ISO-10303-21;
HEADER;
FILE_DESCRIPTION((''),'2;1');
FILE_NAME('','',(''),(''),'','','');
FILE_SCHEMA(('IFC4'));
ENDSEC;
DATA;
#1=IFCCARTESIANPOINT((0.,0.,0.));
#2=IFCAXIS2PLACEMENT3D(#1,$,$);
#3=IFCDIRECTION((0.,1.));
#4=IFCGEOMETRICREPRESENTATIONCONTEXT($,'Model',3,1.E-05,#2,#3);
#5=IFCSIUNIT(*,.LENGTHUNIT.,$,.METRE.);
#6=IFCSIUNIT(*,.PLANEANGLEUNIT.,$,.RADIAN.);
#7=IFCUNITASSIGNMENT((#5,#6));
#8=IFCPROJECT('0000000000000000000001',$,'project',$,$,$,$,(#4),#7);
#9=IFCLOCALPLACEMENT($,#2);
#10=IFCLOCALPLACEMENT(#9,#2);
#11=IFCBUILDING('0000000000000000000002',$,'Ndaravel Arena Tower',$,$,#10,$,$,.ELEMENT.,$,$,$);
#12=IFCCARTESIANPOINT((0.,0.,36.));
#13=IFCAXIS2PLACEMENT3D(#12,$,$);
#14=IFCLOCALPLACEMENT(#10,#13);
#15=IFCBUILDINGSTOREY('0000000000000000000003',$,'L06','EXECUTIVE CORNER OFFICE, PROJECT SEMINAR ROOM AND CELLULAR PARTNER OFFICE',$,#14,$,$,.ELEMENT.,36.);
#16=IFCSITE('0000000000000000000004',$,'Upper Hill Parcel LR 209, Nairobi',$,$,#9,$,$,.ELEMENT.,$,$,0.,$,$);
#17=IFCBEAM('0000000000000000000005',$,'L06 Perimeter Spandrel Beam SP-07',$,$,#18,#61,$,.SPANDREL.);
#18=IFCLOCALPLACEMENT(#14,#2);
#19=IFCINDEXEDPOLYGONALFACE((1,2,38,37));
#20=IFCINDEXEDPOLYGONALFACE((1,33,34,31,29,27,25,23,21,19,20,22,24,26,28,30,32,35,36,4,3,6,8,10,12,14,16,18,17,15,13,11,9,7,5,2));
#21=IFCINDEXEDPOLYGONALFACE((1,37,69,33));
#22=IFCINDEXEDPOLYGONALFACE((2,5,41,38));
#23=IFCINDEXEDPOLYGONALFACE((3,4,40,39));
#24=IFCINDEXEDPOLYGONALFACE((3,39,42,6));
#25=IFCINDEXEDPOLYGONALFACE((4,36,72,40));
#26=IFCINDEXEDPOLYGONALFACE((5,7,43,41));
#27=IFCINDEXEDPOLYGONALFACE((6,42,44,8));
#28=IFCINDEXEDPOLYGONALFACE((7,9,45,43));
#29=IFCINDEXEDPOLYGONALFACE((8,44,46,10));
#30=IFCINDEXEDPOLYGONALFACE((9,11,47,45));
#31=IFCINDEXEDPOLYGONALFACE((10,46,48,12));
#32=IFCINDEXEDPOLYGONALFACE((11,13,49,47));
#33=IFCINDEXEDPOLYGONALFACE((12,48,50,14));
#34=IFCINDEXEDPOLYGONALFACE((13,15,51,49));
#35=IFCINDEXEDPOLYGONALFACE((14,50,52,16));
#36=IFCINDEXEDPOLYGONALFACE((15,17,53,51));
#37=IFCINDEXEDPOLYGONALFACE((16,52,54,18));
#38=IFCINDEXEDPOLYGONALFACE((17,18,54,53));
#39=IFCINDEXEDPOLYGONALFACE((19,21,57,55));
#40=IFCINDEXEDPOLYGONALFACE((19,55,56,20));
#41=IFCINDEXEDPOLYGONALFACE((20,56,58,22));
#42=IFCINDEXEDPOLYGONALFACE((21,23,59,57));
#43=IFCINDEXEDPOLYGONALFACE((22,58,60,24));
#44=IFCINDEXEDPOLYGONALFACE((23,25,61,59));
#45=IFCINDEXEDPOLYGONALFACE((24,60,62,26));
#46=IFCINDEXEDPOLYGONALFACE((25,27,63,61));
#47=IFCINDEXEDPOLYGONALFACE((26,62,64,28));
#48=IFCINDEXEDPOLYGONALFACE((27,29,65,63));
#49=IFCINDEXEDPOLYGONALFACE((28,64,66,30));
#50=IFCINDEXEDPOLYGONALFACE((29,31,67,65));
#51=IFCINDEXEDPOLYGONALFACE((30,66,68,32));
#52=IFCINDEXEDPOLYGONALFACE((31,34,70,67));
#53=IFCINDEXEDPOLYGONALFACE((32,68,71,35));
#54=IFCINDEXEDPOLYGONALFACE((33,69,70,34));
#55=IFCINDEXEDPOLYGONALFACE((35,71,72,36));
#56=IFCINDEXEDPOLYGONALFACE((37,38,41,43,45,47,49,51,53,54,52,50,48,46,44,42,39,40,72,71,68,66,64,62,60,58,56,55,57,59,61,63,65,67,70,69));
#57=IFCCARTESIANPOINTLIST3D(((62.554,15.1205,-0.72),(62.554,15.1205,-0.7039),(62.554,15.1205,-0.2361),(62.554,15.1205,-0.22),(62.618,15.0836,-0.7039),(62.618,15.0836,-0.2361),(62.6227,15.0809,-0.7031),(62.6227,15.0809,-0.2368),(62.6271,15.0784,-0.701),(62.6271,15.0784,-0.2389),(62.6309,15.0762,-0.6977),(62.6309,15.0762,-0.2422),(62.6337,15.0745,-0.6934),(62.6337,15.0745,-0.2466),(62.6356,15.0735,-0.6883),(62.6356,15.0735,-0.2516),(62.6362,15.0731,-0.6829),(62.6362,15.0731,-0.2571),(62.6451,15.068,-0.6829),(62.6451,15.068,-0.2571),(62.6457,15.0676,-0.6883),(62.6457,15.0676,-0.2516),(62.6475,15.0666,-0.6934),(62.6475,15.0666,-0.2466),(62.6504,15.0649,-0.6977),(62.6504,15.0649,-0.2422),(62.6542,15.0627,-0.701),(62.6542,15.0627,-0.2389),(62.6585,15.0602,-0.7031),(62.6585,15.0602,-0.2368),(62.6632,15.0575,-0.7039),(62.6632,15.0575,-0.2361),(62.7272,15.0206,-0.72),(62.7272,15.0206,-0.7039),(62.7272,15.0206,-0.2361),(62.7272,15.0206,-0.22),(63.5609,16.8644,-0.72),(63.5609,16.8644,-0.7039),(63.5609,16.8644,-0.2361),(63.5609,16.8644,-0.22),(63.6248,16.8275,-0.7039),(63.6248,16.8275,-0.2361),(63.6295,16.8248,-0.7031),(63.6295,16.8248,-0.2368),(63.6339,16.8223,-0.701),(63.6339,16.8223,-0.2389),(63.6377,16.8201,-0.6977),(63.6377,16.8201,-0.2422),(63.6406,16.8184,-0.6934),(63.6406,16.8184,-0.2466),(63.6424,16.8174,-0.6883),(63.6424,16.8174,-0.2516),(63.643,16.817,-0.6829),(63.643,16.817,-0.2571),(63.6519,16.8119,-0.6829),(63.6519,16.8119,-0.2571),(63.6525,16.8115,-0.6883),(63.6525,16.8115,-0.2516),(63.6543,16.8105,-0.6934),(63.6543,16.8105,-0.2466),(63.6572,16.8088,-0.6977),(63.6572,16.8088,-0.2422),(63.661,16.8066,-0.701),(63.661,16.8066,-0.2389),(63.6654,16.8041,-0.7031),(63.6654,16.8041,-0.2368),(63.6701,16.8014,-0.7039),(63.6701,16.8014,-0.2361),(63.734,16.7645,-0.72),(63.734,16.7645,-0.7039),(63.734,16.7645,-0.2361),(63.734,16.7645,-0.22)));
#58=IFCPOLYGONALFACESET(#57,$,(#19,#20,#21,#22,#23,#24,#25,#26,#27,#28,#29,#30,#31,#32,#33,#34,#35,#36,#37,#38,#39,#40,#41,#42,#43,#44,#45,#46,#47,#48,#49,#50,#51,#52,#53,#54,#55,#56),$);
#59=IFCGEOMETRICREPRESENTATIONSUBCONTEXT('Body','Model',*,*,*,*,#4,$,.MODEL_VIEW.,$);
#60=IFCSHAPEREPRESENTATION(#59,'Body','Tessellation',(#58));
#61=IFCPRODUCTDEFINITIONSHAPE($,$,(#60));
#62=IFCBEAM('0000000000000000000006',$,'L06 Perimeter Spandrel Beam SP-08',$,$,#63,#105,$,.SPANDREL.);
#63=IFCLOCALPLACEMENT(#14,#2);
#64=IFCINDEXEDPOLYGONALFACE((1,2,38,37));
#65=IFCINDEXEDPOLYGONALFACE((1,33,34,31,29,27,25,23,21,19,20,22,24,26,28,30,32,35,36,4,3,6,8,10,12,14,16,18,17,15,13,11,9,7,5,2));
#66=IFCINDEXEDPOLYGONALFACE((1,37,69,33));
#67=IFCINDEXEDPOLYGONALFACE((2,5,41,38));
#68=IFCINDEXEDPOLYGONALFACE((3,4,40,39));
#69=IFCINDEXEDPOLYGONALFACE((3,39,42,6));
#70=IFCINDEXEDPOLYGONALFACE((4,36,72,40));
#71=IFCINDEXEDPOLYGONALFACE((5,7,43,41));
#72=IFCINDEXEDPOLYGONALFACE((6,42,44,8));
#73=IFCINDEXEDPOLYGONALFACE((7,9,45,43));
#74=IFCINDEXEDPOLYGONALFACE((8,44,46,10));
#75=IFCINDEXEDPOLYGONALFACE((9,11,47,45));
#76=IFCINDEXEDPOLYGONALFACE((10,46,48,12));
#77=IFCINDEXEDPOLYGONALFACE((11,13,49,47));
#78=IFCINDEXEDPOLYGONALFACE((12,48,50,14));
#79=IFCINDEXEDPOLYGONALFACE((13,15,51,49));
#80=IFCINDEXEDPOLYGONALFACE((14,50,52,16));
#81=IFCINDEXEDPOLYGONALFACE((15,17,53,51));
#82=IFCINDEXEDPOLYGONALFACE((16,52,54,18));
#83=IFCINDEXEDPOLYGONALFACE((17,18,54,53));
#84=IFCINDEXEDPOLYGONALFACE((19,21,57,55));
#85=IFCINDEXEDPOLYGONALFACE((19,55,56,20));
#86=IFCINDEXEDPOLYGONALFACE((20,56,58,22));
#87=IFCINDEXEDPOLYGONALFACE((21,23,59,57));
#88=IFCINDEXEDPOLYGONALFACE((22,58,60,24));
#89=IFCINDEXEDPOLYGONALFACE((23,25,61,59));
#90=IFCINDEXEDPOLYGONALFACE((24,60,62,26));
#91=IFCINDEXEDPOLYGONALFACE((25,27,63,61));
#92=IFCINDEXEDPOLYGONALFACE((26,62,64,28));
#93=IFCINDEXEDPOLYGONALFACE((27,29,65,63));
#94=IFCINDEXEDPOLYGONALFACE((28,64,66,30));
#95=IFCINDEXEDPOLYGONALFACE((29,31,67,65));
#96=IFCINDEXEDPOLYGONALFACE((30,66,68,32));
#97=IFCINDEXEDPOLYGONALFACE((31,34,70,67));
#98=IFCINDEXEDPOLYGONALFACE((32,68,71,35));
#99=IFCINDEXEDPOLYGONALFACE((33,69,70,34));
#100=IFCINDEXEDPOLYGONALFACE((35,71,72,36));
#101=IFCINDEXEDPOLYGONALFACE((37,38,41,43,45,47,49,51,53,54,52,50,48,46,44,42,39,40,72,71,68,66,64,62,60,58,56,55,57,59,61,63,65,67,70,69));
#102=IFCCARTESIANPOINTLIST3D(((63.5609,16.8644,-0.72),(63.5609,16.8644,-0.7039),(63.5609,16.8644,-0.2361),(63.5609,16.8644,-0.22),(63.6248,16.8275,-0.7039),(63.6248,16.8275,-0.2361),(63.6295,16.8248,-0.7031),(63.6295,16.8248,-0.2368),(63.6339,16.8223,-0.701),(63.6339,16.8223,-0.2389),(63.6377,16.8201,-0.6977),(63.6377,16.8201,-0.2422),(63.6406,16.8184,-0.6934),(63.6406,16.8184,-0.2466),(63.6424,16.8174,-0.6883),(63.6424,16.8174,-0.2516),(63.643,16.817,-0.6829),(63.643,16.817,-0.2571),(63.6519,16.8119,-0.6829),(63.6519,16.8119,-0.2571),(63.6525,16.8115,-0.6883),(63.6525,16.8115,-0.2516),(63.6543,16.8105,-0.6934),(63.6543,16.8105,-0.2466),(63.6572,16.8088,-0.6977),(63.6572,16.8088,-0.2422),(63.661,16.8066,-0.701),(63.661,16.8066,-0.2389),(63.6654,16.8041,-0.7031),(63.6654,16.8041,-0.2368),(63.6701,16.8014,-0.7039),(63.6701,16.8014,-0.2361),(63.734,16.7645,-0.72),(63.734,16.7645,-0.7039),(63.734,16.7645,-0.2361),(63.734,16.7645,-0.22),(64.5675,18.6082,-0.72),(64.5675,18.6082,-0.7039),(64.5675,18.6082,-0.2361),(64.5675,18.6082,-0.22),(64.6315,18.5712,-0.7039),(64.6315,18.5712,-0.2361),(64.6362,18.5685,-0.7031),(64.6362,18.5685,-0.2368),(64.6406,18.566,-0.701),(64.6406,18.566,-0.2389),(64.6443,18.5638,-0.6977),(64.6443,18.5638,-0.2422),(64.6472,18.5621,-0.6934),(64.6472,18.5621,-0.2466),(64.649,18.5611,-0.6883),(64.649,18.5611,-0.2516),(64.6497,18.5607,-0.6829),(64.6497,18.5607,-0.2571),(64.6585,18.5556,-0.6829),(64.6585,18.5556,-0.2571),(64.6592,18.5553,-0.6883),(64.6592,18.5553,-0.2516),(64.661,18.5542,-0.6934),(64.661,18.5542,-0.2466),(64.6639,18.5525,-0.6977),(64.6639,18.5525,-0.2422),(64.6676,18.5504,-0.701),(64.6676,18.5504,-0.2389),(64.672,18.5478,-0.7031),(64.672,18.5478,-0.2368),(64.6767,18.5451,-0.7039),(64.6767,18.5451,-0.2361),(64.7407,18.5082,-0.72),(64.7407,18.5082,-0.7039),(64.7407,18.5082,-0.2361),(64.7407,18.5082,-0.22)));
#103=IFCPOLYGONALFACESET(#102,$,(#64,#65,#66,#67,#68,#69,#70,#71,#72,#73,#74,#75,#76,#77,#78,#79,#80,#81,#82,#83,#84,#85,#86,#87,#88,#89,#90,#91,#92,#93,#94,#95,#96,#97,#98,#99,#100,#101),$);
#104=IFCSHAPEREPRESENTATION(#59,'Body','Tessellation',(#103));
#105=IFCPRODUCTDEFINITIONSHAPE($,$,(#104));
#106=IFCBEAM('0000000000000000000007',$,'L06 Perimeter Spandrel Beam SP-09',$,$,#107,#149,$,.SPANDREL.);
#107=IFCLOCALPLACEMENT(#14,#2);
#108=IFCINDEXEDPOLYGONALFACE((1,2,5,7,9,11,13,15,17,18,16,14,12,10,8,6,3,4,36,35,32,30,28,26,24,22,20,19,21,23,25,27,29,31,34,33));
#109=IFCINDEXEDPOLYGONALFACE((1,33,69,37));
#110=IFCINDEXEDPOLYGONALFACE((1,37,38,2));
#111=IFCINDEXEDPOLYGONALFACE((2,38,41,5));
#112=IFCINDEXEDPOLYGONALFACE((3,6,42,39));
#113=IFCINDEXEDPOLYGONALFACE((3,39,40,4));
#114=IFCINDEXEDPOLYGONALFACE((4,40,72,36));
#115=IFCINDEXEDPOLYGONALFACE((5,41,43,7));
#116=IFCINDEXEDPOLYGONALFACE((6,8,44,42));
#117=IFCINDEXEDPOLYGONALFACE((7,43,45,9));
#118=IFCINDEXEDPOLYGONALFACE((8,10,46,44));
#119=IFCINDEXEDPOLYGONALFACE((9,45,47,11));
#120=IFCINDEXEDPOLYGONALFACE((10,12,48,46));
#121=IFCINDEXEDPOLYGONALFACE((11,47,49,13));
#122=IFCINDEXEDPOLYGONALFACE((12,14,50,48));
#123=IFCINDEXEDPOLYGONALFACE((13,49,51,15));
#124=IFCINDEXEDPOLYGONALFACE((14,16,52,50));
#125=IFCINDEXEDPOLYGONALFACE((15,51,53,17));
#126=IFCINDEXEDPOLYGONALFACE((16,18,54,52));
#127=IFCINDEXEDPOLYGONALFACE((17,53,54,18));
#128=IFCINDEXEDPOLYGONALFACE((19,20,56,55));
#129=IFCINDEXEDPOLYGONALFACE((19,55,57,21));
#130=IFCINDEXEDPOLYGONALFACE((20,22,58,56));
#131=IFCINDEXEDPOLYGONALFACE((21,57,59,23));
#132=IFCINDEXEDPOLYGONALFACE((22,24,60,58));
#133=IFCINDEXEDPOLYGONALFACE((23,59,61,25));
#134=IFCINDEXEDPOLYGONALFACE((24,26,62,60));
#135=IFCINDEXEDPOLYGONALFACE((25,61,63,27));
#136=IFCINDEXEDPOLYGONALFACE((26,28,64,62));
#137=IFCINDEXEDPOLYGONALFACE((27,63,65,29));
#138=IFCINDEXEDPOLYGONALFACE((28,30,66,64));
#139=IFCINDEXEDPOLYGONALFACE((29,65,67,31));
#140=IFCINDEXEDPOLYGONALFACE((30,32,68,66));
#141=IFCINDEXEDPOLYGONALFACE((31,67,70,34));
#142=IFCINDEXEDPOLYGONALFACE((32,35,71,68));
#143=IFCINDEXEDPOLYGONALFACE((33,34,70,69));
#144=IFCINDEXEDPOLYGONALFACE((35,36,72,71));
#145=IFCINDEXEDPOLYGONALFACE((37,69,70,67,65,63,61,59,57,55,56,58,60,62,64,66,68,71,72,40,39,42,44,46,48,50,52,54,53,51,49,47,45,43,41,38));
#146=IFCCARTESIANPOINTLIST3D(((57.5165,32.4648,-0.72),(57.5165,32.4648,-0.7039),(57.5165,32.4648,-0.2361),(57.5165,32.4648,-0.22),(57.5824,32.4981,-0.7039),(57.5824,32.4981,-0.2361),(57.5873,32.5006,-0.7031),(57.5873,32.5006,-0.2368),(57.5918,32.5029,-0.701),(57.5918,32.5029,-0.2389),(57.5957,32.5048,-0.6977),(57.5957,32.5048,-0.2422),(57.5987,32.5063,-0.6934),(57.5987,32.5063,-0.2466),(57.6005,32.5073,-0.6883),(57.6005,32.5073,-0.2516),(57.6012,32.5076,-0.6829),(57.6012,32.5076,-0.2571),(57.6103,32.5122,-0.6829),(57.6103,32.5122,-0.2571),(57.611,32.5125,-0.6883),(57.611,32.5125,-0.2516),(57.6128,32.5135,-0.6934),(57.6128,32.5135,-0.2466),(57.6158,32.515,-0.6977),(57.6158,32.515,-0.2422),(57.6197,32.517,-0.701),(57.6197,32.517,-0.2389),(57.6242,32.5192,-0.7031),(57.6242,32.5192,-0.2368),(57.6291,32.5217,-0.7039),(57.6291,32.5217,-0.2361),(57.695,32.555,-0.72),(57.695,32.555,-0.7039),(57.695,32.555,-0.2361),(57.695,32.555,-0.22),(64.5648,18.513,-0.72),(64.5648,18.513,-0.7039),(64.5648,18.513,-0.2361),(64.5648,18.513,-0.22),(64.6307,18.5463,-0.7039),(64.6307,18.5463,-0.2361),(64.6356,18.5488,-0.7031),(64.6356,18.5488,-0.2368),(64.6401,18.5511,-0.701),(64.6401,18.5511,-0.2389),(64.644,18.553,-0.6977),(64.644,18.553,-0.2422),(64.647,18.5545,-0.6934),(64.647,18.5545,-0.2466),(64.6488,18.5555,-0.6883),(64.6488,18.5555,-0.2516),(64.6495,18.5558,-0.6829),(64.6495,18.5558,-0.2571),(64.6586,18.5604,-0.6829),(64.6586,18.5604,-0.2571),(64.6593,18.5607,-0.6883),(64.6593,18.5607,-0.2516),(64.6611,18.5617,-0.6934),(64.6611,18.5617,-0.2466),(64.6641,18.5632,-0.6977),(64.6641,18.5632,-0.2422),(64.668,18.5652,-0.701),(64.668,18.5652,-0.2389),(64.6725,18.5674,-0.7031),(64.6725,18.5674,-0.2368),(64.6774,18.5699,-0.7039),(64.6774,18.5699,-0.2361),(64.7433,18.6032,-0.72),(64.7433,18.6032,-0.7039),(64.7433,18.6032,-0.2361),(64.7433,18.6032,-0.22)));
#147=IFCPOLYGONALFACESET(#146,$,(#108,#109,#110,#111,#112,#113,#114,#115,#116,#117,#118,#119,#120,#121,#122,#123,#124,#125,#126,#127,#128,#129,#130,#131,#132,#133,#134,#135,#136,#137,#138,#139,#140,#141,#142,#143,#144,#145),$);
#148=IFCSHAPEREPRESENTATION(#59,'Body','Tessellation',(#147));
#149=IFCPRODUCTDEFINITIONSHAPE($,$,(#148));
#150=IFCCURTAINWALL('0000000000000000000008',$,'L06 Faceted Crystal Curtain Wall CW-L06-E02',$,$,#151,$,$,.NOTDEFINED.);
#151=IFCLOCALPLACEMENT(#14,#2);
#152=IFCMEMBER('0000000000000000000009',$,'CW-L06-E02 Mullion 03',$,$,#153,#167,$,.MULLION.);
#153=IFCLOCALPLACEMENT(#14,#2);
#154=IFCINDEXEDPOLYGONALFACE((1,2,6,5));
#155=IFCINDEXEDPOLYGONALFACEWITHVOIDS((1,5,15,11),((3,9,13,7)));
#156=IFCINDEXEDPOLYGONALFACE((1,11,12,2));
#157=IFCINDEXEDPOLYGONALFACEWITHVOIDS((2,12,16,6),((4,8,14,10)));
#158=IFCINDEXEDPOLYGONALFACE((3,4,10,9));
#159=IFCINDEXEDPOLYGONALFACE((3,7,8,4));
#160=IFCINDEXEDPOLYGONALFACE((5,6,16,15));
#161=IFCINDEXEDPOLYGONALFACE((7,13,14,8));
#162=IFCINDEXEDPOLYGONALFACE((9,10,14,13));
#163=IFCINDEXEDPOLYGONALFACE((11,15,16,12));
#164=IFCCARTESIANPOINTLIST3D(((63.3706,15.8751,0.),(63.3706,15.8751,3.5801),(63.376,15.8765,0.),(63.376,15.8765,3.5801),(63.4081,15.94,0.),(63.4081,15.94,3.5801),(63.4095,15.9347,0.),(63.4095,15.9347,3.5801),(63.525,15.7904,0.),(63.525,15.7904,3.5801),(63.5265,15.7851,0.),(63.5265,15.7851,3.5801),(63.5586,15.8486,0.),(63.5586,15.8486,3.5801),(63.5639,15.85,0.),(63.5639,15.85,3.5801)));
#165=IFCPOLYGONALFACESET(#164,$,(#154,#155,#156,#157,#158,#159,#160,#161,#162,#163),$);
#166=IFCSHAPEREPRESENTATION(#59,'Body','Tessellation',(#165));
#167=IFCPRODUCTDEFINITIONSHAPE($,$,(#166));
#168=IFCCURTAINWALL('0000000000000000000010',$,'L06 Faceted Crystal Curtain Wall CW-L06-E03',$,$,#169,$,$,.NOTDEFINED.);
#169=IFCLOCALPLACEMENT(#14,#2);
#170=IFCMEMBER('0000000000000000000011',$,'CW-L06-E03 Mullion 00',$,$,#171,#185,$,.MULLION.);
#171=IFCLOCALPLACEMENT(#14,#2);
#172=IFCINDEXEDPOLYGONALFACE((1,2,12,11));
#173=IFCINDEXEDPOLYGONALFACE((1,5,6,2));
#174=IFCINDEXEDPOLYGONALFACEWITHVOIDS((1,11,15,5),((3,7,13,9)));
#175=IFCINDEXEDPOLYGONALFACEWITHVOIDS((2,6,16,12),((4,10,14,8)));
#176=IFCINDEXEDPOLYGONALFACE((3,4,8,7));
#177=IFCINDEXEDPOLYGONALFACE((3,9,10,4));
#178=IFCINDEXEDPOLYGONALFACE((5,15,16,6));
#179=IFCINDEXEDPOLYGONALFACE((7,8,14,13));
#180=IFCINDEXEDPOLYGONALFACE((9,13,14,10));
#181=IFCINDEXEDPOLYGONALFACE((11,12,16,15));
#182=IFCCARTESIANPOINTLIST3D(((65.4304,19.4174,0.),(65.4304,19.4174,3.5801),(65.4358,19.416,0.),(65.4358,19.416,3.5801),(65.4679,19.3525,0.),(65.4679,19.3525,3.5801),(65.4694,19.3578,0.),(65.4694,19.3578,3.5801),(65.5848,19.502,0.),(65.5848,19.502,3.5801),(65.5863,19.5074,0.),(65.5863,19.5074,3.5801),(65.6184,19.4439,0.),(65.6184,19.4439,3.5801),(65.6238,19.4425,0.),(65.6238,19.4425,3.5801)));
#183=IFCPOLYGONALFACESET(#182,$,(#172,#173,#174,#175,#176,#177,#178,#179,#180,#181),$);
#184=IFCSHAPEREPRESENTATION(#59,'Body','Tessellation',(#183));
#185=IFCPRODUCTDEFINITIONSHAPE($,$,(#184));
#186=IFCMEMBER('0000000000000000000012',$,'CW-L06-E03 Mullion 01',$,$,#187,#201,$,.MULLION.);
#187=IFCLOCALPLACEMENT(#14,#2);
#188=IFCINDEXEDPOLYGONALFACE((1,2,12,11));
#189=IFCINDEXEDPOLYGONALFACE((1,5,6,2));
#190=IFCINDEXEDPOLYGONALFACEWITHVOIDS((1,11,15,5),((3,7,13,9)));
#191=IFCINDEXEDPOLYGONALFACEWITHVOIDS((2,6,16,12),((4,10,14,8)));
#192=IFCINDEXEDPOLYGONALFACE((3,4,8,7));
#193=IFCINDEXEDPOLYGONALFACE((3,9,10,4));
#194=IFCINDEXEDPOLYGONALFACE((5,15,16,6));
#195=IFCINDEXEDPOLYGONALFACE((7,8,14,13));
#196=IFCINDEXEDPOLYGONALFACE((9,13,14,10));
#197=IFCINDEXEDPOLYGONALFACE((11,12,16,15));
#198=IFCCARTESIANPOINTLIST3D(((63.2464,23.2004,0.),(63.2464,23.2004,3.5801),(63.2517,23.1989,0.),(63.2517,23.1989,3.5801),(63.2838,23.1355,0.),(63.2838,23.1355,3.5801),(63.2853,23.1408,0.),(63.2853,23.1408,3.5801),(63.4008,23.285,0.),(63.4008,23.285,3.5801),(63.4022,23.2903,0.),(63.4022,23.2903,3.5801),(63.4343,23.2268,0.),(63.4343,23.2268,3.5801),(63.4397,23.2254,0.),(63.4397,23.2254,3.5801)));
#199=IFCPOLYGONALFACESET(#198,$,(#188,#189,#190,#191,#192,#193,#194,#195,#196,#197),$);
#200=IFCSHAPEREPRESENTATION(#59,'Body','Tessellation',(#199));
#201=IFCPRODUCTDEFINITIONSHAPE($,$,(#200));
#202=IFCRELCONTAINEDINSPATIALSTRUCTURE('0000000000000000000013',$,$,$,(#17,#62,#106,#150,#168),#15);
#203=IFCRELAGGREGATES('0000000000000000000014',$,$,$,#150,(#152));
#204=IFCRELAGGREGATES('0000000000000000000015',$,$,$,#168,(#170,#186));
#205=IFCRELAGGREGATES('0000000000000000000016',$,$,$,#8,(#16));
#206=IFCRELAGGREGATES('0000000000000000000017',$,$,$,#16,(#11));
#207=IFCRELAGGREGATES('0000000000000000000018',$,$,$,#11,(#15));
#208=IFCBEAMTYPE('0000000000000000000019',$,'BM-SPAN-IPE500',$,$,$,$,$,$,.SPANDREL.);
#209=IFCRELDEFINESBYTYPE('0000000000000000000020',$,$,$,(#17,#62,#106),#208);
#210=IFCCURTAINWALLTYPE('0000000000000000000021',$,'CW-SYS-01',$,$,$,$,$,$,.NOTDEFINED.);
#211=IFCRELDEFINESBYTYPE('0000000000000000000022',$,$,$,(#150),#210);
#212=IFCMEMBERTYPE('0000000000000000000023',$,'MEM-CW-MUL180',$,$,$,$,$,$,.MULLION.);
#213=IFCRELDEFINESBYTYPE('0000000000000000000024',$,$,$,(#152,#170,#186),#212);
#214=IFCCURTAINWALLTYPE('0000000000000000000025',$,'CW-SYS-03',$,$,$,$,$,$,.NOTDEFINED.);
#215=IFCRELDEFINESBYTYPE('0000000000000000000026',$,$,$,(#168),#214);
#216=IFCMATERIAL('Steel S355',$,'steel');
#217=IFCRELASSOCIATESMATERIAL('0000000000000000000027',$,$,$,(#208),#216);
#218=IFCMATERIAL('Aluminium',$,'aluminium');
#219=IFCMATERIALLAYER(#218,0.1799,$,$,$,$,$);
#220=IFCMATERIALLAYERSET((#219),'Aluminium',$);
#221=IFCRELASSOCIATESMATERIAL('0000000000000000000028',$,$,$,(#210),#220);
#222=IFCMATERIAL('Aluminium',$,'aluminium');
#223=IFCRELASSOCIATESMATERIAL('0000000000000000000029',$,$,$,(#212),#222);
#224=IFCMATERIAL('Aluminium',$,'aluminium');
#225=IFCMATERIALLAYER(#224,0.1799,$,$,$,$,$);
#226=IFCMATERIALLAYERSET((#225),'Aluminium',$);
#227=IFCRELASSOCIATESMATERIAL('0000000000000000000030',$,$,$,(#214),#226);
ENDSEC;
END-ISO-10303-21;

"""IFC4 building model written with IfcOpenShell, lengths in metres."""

from ifc_helpers import new_model, si_unit, direction, frame, origin, origin_2d, place, context, subcontext, project, spatial, hollow_rectangle, i_section, extrude, material, layer, layer_set, material_profile, profile_set, type_object, element, aggregate, save


model = new_model("IFC4")

# Units and contexts
model_context = context("Model", 3, precision=1e-05, world=origin(), true_north=direction((0.0, 1.0)))
body_context = subcontext(model_context, "Body", "Model", "MODEL_VIEW")
ifc_project = project(units=[si_unit("LENGTHUNIT", "METRE"), si_unit("PLANEANGLEUNIT", "RADIAN")], contexts=[model_context])

# Site, building, storey
site_placement = place(None, origin())
site = spatial("IfcSite", under=ifc_project, at=site_placement, Name="Upper Hill Parcel LR 209, Nairobi", CompositionType="ELEMENT", RefElevation=0.0)
building_placement = place(site_placement, origin())
building = spatial("IfcBuilding", under=site, at=building_placement, Name="Ndaravel Arena Tower", CompositionType="ELEMENT")
storey_placement = place(building_placement, frame((0.0, 0.0, 36.0)))
storey = spatial("IfcBuildingStorey", under=building, at=storey_placement, Name="L06", Description="EXECUTIVE CORNER OFFICE, PROJECT SEMINAR ROOM AND CELLULAR PARTNER OFFICE", CompositionType="ELEMENT", Elevation=36.0)

# Beams
ifc_material_1 = material(Name="Steel S355", Category="steel")
ifc_material_profile_1 = material_profile(ifc_material_1, i_section(OverallWidth=0.2, OverallDepth=0.5, WebThickness=0.0103, FlangeThickness=0.0161, FilletRadius=0.021, at=origin_2d()), Name="IPE 500")
ifc_profile_set_1 = profile_set([ifc_material_profile_1], Name="Steel S355")
beam_type_1 = type_object("IfcBeamType", Name="BM-SPAN-IPE500", PredefinedType="SPANDREL", material=ifc_profile_set_1)
beam_1_placement = place(storey_placement, frame((62.6406, 15.0706, -0.47), z_axis=(0.499999, 0.866026, 0.0), x_axis=(-0.866026, 0.499999, 0.0)))
element("IfcBeam", 1, at=beam_1_placement, inside=storey, type_object=beam_type_1, Name="L06 Perimeter Spandrel Beam SP-07", PredefinedType="SPANDREL", context=body_context, shape_type="SweptSolid", body=[
    extrude(i_section(OverallWidth=0.2, OverallDepth=0.5, WebThickness=0.0103, FlangeThickness=0.0161, FilletRadius=0.021, at=origin_2d()), origin(), (0.0, 0.0, 1.0), 2.0137),
])
beam_2_placement = place(storey_placement, frame((63.6475, 16.8145, -0.47), z_axis=(0.49996, 0.866048, 0.0), x_axis=(-0.866048, 0.49996, 0.0)))
element("IfcBeam", 2, at=beam_2_placement, inside=storey, type_object=beam_type_1, Name="L06 Perimeter Spandrel Beam SP-08", PredefinedType="SPANDREL", context=body_context, shape_type="SweptSolid", body=[
    extrude(i_section(OverallWidth=0.2, OverallDepth=0.5, WebThickness=0.0103, FlangeThickness=0.0161, FilletRadius=0.021, at=origin_2d()), origin(), (0.0, 0.0, 1.0), 2.0134),
])
beam_3_placement = place(storey_placement, frame((64.6541, 18.5581, -0.47), z_axis=(-0.450915, 0.892567, 0.0), x_axis=(-0.892567, -0.450915, 0.0)))
element("IfcBeam", 3, at=beam_3_placement, inside=storey, type_object=beam_type_1, Name="L06 Perimeter Spandrel Beam SP-09", PredefinedType="SPANDREL", context=body_context, shape_type="SweptSolid", body=[
    extrude(i_section(OverallWidth=0.2, OverallDepth=0.5, WebThickness=0.0103, FlangeThickness=0.0161, FilletRadius=0.021, at=origin_2d()), origin(), (0.0, 0.0, 1.0), 15.6311),
])

# Curtain wall, member
ifc_material_2 = material(Name="Aluminium", Category="aluminium")
ifc_layer_1 = layer(ifc_material_2, 0.1799)
ifc_layer_set_1 = layer_set([ifc_layer_1], Name="Aluminium")
curtain_wall_type_1 = type_object("IfcCurtainWallType", Name="CW-SYS-01", PredefinedType="NOTDEFINED", material=ifc_layer_set_1)
curtain_wall_1_placement = place(storey_placement, origin())
curtain_wall_1 = element("IfcCurtainWall", 4, at=curtain_wall_1_placement, inside=storey, type_object=curtain_wall_type_1, Name="L06 Faceted Crystal Curtain Wall CW-L06-E02", PredefinedType="NOTDEFINED")
ifc_material_3 = material(Name="Aluminium", Category="aluminium")
ifc_material_profile_2 = material_profile(ifc_material_3, hollow_rectangle(XDim=0.075, YDim=0.1799, WallThickness=0.0039, at=origin_2d()), Name="CW MULLION 75x180x4")
ifc_profile_set_2 = profile_set([ifc_material_profile_2], Name="Aluminium")
member_type_1 = type_object("IfcMemberType", Name="MEM-CW-MUL180", PredefinedType="MULLION", material=ifc_profile_set_2)
member_1_placement = place(storey_placement, frame((63.4673, 15.8625, 0.0), z_axis=(0.0, 0.0, 1.0), x_axis=(0.5, 0.866025, 0.0)))
member_1 = element("IfcMember", 5, at=member_1_placement, type_object=member_type_1, Name="CW-L06-E02 Mullion 03", PredefinedType="MULLION", context=body_context, shape_type="SweptSolid", body=[
    extrude(hollow_rectangle(XDim=0.075, YDim=0.1799, WallThickness=0.0039, at=origin_2d()), origin(), (0.0, 0.0, 1.0), 3.5801),
])

# Curtain wall, members
ifc_material_4 = material(Name="Aluminium", Category="aluminium")
ifc_layer_2 = layer(ifc_material_4, 0.1799)
ifc_layer_set_2 = layer_set([ifc_layer_2], Name="Aluminium")
curtain_wall_type_2 = type_object("IfcCurtainWallType", Name="CW-SYS-03", PredefinedType="NOTDEFINED", material=ifc_layer_set_2)
curtain_wall_2_placement = place(storey_placement, origin())
curtain_wall_2 = element("IfcCurtainWall", 6, at=curtain_wall_2_placement, inside=storey, type_object=curtain_wall_type_2, Name="L06 Faceted Crystal Curtain Wall CW-L06-E03", PredefinedType="NOTDEFINED")
member_2_placement = place(storey_placement, frame((65.5271, 19.4299, 0.0), z_axis=(0.0, 0.0, 1.0), x_axis=(-0.5, 0.866025, 0.0)))
member_2 = element("IfcMember", 7, at=member_2_placement, type_object=member_type_1, Name="CW-L06-E03 Mullion 00", PredefinedType="MULLION", context=body_context, shape_type="SweptSolid", body=[
    extrude(hollow_rectangle(XDim=0.075, YDim=0.1799, WallThickness=0.0039, at=origin_2d()), origin(), (0.0, 0.0, 1.0), 3.5801),
])
member_3_placement = place(storey_placement, frame((63.343, 23.2129, 0.0), z_axis=(0.0, 0.0, 1.0), x_axis=(-0.5, 0.866025, 0.0)))
member_3 = element("IfcMember", 8, at=member_3_placement, type_object=member_type_1, Name="CW-L06-E03 Mullion 01", PredefinedType="MULLION", context=body_context, shape_type="SweptSolid", body=[
    extrude(hollow_rectangle(XDim=0.075, YDim=0.1799, WallThickness=0.0039, at=origin_2d()), origin(), (0.0, 0.0, 1.0), 3.5801),
])

aggregate(curtain_wall_1, [member_1])
aggregate(curtain_wall_2, [member_2, member_3])

save(model, "model.ifc")
